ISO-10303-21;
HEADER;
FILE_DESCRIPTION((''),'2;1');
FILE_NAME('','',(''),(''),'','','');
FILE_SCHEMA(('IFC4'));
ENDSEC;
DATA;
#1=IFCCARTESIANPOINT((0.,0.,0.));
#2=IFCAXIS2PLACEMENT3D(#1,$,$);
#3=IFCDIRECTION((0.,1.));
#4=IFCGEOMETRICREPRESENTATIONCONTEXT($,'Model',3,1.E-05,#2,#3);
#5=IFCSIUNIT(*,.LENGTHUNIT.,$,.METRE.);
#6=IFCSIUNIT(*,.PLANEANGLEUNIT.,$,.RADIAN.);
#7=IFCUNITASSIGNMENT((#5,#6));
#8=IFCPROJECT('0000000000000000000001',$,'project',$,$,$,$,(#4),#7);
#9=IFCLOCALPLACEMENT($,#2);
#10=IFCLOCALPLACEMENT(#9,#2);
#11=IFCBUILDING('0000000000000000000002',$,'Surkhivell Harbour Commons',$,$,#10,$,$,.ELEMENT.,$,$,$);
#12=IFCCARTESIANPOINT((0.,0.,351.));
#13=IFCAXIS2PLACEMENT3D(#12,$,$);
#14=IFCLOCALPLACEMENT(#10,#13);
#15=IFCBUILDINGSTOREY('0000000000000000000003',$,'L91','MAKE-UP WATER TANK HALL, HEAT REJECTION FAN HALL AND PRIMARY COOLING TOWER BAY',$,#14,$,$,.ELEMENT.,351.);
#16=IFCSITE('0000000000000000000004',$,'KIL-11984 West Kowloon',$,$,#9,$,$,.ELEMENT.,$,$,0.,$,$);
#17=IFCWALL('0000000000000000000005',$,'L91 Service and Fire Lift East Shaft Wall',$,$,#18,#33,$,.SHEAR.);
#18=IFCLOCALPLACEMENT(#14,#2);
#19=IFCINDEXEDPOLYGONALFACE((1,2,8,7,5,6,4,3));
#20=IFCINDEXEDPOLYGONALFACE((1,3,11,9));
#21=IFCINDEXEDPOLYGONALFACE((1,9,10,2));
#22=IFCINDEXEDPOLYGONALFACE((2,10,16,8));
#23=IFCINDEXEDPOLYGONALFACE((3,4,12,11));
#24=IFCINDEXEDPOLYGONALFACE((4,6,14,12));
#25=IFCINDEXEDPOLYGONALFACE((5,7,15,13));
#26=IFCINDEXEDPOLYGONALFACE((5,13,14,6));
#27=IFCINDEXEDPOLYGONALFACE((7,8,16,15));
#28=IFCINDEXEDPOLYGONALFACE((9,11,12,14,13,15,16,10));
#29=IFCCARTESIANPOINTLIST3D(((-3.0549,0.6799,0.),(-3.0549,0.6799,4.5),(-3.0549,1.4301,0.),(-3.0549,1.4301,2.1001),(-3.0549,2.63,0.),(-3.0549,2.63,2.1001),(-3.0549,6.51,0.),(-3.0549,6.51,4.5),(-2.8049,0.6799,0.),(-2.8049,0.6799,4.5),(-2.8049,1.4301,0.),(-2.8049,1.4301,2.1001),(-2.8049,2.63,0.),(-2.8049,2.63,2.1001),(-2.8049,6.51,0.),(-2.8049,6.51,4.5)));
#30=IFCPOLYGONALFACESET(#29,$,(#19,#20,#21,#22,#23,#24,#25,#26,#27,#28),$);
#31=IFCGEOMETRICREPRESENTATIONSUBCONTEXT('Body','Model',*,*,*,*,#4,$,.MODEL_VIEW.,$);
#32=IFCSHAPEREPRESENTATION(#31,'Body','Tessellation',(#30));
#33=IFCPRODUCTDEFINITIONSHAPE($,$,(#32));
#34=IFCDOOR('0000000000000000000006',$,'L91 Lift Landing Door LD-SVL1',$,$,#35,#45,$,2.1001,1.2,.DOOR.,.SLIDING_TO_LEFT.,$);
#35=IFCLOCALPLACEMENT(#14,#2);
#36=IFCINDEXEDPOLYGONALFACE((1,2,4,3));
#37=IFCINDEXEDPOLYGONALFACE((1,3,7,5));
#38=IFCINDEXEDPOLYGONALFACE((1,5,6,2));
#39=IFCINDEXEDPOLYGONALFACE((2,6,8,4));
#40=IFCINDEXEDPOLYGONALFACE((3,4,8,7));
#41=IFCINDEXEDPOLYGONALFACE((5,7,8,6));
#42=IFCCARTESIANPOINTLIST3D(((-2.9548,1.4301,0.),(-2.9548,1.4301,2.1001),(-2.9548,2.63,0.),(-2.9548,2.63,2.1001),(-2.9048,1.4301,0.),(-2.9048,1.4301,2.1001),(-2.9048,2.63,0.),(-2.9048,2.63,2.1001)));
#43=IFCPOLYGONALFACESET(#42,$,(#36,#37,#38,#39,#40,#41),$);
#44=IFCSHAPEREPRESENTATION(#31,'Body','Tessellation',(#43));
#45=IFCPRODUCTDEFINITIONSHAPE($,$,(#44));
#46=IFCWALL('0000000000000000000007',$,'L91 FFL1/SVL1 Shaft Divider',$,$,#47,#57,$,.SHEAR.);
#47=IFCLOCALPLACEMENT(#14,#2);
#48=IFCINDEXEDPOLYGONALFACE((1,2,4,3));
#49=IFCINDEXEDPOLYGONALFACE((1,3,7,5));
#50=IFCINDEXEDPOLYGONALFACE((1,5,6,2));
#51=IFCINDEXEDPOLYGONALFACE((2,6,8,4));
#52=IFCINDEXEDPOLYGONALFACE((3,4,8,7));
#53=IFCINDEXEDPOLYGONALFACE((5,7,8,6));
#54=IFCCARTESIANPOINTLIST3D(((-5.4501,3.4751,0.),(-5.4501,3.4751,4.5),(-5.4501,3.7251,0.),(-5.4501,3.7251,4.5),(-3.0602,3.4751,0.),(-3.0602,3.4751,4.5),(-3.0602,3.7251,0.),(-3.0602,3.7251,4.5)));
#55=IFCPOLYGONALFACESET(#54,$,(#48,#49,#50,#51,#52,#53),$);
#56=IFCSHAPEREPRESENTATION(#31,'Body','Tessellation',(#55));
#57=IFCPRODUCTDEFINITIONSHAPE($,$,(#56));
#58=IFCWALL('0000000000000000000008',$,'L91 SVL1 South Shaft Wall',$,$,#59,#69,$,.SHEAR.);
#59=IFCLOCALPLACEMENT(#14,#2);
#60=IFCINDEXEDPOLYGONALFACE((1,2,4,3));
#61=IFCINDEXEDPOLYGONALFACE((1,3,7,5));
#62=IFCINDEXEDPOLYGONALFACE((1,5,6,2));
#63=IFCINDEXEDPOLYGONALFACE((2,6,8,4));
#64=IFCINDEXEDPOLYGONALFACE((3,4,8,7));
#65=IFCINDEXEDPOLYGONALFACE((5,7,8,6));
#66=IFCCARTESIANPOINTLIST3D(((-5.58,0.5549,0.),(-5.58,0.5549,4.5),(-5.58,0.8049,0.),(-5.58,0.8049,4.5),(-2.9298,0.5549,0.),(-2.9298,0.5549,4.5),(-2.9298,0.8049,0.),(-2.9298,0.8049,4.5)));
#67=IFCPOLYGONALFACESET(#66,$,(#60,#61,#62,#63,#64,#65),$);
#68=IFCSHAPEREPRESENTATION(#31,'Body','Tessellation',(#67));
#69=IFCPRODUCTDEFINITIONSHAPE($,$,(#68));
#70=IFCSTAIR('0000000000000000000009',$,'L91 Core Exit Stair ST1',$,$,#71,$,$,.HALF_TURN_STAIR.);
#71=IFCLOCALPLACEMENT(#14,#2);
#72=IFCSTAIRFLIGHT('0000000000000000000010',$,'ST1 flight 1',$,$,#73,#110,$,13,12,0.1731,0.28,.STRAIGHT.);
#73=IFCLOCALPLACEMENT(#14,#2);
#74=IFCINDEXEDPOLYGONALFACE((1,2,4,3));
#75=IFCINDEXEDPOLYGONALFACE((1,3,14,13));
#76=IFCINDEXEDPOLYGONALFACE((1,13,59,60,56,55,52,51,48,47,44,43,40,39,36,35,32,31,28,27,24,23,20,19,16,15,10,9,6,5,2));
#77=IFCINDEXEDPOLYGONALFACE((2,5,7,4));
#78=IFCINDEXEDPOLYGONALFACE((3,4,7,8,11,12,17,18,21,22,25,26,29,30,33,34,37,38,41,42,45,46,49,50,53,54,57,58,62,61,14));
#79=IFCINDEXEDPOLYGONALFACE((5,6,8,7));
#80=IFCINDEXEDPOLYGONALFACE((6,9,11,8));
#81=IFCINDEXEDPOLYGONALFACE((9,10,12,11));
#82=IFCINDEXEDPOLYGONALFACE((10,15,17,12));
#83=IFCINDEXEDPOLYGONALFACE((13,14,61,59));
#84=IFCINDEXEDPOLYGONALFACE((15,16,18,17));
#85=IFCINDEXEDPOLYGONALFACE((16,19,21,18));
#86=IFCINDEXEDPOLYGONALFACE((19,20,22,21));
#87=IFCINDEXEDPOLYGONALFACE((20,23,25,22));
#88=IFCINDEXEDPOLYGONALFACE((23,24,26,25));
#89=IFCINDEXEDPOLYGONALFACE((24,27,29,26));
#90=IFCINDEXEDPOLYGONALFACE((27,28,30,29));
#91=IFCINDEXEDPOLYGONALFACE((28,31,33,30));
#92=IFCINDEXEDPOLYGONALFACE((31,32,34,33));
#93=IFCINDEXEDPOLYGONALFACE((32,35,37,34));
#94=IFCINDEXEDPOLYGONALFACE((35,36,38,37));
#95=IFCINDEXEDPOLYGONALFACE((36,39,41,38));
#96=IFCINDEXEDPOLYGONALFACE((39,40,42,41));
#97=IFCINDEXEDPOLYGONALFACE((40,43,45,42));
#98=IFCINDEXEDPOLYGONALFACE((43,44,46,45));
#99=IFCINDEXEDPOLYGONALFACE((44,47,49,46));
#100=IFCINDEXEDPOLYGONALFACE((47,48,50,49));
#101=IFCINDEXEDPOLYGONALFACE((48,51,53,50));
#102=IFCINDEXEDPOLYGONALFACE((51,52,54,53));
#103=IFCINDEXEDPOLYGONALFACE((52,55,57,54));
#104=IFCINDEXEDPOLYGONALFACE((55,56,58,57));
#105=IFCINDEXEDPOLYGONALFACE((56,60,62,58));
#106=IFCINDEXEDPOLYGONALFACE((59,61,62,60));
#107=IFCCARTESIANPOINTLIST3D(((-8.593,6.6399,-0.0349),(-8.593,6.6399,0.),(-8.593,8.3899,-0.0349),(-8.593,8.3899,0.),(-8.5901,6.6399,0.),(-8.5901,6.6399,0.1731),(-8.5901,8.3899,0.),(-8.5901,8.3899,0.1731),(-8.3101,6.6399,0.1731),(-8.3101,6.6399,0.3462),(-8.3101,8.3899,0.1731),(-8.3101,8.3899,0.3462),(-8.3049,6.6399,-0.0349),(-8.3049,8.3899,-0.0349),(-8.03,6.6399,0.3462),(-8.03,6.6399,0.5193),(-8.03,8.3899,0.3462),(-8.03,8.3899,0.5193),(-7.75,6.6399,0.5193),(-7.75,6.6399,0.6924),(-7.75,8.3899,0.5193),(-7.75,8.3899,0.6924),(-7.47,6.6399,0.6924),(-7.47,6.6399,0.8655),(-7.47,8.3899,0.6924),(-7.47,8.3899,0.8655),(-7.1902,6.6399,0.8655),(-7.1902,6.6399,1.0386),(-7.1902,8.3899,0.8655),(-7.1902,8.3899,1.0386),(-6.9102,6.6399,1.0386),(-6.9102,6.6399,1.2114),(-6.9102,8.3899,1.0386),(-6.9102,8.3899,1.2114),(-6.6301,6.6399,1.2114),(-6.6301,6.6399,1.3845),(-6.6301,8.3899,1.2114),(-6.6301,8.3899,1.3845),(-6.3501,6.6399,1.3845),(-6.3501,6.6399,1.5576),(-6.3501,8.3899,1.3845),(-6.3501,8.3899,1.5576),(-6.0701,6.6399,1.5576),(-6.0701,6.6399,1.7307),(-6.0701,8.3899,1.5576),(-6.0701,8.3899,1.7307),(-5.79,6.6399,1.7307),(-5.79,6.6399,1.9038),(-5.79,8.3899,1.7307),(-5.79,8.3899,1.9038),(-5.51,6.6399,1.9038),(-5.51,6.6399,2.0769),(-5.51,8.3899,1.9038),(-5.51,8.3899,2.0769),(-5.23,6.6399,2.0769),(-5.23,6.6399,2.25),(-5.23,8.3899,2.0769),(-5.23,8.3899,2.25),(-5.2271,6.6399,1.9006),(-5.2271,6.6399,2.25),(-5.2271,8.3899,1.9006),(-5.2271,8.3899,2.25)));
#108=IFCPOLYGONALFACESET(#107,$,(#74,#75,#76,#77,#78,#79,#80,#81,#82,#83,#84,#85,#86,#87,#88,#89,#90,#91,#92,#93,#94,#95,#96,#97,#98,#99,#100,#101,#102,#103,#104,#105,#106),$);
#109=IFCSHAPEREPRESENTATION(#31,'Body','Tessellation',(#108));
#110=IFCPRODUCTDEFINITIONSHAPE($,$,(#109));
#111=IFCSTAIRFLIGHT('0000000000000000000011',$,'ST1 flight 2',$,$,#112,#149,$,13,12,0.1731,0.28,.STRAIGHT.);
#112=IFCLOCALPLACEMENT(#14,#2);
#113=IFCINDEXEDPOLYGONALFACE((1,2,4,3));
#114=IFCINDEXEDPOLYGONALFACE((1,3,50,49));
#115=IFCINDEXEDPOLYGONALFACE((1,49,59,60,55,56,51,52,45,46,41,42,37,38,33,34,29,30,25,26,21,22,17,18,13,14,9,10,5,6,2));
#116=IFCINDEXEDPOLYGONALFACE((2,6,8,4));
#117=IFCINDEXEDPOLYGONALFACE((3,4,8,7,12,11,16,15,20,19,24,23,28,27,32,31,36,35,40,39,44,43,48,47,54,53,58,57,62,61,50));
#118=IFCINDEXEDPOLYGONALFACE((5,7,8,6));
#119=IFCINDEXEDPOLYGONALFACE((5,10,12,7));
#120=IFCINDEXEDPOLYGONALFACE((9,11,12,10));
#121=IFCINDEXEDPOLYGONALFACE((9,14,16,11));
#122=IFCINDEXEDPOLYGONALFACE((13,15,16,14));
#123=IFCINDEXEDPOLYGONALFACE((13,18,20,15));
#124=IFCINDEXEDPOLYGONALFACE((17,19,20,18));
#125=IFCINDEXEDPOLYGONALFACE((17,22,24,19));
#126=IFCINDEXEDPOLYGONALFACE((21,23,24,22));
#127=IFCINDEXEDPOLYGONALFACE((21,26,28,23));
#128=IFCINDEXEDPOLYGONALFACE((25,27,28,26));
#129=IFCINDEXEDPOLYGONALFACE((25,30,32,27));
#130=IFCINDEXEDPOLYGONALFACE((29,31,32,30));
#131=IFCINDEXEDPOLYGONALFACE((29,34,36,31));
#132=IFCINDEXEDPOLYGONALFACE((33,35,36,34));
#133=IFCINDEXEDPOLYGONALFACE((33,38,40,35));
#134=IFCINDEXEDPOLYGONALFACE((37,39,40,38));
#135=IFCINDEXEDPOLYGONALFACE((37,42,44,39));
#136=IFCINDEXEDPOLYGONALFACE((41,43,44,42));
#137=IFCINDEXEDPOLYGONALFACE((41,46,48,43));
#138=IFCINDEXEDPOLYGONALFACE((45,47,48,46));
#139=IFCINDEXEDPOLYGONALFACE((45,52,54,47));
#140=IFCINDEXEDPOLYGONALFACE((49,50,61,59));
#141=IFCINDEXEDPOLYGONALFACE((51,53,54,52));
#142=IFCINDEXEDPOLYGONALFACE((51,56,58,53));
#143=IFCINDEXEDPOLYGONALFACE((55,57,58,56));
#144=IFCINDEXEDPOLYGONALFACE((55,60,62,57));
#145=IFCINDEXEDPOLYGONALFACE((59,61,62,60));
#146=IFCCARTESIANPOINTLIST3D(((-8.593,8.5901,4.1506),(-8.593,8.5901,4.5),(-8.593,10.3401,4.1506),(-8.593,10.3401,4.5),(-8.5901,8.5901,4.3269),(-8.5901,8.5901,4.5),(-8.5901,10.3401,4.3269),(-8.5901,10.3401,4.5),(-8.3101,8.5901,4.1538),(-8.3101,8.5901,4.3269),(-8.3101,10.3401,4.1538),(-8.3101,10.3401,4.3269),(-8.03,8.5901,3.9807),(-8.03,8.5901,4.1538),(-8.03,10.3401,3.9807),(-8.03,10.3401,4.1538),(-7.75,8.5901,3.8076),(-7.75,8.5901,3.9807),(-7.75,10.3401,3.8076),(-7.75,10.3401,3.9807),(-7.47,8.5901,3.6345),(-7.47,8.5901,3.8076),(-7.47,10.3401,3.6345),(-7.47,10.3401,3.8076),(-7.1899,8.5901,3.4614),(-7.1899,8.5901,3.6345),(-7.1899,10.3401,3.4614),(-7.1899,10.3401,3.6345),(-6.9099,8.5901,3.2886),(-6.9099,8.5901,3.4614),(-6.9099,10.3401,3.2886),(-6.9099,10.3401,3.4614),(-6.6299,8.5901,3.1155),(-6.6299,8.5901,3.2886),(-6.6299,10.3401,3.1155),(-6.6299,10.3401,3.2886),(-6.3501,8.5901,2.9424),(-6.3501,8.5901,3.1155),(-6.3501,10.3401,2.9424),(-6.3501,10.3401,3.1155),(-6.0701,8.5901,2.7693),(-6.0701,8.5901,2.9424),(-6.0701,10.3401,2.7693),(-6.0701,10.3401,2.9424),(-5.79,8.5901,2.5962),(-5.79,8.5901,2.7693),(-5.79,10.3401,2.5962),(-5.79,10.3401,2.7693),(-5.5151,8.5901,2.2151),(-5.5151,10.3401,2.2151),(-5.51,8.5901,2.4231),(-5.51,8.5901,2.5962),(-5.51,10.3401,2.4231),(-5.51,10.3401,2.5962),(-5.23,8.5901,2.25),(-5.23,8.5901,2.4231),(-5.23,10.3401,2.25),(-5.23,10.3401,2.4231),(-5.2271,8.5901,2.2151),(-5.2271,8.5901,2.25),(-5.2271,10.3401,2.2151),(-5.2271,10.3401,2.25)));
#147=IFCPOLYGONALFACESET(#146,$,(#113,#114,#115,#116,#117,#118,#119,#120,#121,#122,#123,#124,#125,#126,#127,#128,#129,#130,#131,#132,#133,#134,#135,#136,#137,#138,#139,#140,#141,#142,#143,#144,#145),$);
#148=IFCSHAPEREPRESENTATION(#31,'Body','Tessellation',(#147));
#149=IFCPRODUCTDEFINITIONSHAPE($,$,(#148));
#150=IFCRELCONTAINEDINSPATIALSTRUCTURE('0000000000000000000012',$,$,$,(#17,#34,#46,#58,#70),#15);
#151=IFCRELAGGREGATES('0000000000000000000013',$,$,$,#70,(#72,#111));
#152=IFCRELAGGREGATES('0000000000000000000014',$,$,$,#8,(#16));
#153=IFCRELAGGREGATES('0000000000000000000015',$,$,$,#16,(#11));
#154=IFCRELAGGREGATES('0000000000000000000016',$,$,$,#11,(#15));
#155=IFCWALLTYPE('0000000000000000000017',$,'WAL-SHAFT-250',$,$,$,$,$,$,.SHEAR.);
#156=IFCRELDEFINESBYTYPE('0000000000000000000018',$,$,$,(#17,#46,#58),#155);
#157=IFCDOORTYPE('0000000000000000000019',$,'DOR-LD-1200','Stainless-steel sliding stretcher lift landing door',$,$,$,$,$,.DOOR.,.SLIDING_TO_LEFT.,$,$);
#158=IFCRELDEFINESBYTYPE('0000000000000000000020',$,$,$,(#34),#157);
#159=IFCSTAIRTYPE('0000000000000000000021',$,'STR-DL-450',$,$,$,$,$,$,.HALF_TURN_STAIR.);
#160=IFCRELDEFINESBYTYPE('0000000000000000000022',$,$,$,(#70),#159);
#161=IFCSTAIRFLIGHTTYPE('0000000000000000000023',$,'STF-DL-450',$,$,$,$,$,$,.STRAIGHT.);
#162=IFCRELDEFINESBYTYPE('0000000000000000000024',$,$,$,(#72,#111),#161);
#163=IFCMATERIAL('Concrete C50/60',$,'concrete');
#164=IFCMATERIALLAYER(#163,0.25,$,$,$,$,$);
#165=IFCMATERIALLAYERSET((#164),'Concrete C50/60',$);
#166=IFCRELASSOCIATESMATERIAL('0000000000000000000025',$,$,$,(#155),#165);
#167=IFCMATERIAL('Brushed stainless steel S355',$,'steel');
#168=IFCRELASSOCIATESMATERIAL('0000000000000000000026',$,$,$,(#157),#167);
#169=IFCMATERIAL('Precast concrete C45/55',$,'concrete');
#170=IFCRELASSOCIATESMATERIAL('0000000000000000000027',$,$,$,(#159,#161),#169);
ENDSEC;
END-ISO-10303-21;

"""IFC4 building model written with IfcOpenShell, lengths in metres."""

from ifc_helpers import new_model, si_unit, direction, frame, frame_2d, origin, place, context, subcontext, project, spatial, polyline, rectangle, outline, extrude, material, layer, layer_set, type_object, element, fill, aggregate, save


model = new_model("IFC4")

# Units and contexts
model_context = context("Model", 3, precision=1e-05, world=origin(), true_north=direction((0.0, 1.0)))
body_context = subcontext(model_context, "Body", "Model", "MODEL_VIEW")
ifc_project = project(units=[si_unit("LENGTHUNIT", "METRE"), si_unit("PLANEANGLEUNIT", "RADIAN")], contexts=[model_context])

# Site, building, storey
site_placement = place(None, origin())
site = spatial("IfcSite", under=ifc_project, at=site_placement, Name="KIL-11984 West Kowloon", CompositionType="ELEMENT", RefElevation=0.0)
building_placement = place(site_placement, origin())
building = spatial("IfcBuilding", under=site, at=building_placement, Name="Surkhivell Harbour Commons", CompositionType="ELEMENT")
storey_placement = place(building_placement, frame((0.0, 0.0, 351.0)))
storey = spatial("IfcBuildingStorey", under=building, at=storey_placement, Name="L91", Description="MAKE-UP WATER TANK HALL, HEAT REJECTION FAN HALL AND PRIMARY COOLING TOWER BAY", CompositionType="ELEMENT", Elevation=351.0)

# Shared definitions
ifc_material_1 = material(Name="Concrete C50/60", Category="concrete")

# Shared definitions
ifc_layer_1 = layer(ifc_material_1, 0.25)
ifc_layer_set_1 = layer_set([ifc_layer_1], Name="Concrete C50/60")
wall_type_1 = type_object("IfcWallType", Name="WAL-SHAFT-250", PredefinedType="SHEAR", material=ifc_layer_set_1)
ifc_material_2 = material(Name="Brushed stainless steel S355", Category="steel")

# Wall, opening, door
wall_1_placement = place(storey_placement, frame((-2.9299, 0.6799, 0.0), z_axis=(0.0, 0.0, 1.0), x_axis=(0.0, 1.0, 0.0)))
wall_1 = element("IfcWall", 1, at=wall_1_placement, inside=storey, type_object=wall_type_1, Name="L91 Service and Fire Lift East Shaft Wall", PredefinedType="SHEAR", context=body_context, shape_type="SweptSolid", body=[
    extrude(rectangle(XDim=5.8301, YDim=0.25, at=frame_2d((2.915, 0.0))), origin(), (0.0, 0.0, 1.0), 4.5),
])
opening_1_placement = place(wall_1_placement, frame((0.75, 0.0, 0.0)))
opening_1 = element("IfcOpeningElement", 2, at=opening_1_placement, cuts=wall_1, PredefinedType="OPENING", context=body_context, shape_type="SweptSolid", body=[
    extrude(rectangle(XDim=1.2, YDim=2.1001, at=frame_2d((0.6001, 1.05))), frame((0.0, 0.135, 0.0), z_axis=(0.0, -1.0, 0.0), x_axis=(1.0, 0.0, 0.0)), (0.0, 0.0, 1.0), 0.27),
])
door_type_1 = type_object("IfcDoorType", Name="DOR-LD-1200", Description="Stainless-steel sliding stretcher lift landing door", OperationType="SLIDING_TO_LEFT", PredefinedType="DOOR", material=ifc_material_2)
door_1_placement = place(opening_1_placement, origin())
door_1 = element("IfcDoor", 3, at=door_1_placement, inside=storey, type_object=door_type_1, Name="L91 Lift Landing Door LD-SVL1", OperationType="SLIDING_TO_LEFT", OverallHeight=2.1001, OverallWidth=1.2, PredefinedType="DOOR", context=body_context, shape_type="SweptSolid", body=[
    extrude(rectangle(XDim=1.2, YDim=2.1001, at=frame_2d((0.6001, 1.05))), frame((0.0, 0.0249, 0.0), z_axis=(0.0, -1.0, 0.0), x_axis=(1.0, 0.0, 0.0)), (0.0, 0.0, 1.0), 0.05),
])
fill(opening_1, door_1)

# Walls
wall_2_placement = place(storey_placement, frame((-5.45, 3.6001, 0.0), z_axis=(0.0, 0.0, 1.0), x_axis=(1.0, 0.0, 0.0)))
element("IfcWall", 4, at=wall_2_placement, inside=storey, type_object=wall_type_1, Name="L91 FFL1/SVL1 Shaft Divider", PredefinedType="SHEAR", context=body_context, shape_type="SweptSolid", body=[
    extrude(rectangle(XDim=2.3899, YDim=0.25, at=frame_2d((1.1948, 0.0))), origin(), (0.0, 0.0, 1.0), 4.5),
])
wall_3_placement = place(storey_placement, frame((-5.5801, 0.6799, 0.0), z_axis=(0.0, 0.0, 1.0), x_axis=(1.0, 0.0, 0.0)))
element("IfcWall", 5, at=wall_3_placement, inside=storey, type_object=wall_type_1, Name="L91 SVL1 South Shaft Wall", PredefinedType="SHEAR", context=body_context, shape_type="SweptSolid", body=[
    extrude(rectangle(XDim=2.6501, YDim=0.25, at=frame_2d((1.3252, 0.0))), origin(), (0.0, 0.0, 1.0), 4.5),
])

# Stair, stair flights
ifc_material_3 = material(Name="Precast concrete C45/55", Category="concrete")
stair_type = type_object("IfcStairType", Name="STR-DL-450", PredefinedType="HALF_TURN_STAIR", material=ifc_material_3)
stair_placement = place(storey_placement, origin())
stair = element("IfcStair", 6, at=stair_placement, inside=storey, type_object=stair_type, Name="L91 Core Exit Stair ST1", PredefinedType="HALF_TURN_STAIR")
stair_flight_type = type_object("IfcStairFlightType", Name="STF-DL-450", PredefinedType="STRAIGHT", material=ifc_material_3)
stair_flight_1_placement = place(storey_placement, frame((-8.5901, 7.5149, 0.0), z_axis=(0.0, 0.0, 1.0), x_axis=(1.0, 0.0, 0.0)))
stair_flight_1 = element("IfcStairFlight", 7, at=stair_flight_1_placement, type_object=stair_flight_type, Name="ST1 flight 1", NumberOfRisers=13, NumberOfTreads=12, PredefinedType="STRAIGHT", RiserHeight=0.1731, TreadLength=0.28, context=body_context, shape_type="SweptSolid", body=[
    extrude(outline(polyline([(-0.0029, -0.0349), (-0.0029, 0.0), (0.0, 0.0), (0.0, 0.1731), (0.28, 0.1731), (0.28, 0.3462), (0.5601, 0.3462), (0.5601, 0.5193), (0.8401, 0.5193), (0.8401, 0.6924), (1.1201, 0.6924), (1.1201, 0.8655), (1.3999, 0.8655), (1.3999, 1.0386), (1.6799, 1.0386), (1.6799, 1.2114), (1.96, 1.2114), (1.96, 1.3845), (2.24, 1.3845), (2.24, 1.5576), (2.52, 1.5576), (2.52, 1.7307), (2.8, 1.7307), (2.8, 1.9038), (3.0801, 1.9038), (3.0801, 2.0769), (3.3601, 2.0769), (3.3601, 2.25), (3.363, 2.25), (3.363, 1.9006), (0.2852, -0.0349), (-0.0029, -0.0349)])), frame((0.0, 0.875, 0.0), z_axis=(0.0, -1.0, 0.0), x_axis=(1.0, 0.0, 0.0)), (0.0, 0.0, 1.0), 1.75),
])
stair_flight_2_placement = place(storey_placement, frame((-5.23, 9.4651, 2.25), z_axis=(0.0, 0.0, 1.0), x_axis=(-1.0, 0.0, 0.0)))
stair_flight_2 = element("IfcStairFlight", 8, at=stair_flight_2_placement, type_object=stair_flight_type, Name="ST1 flight 2", NumberOfRisers=13, NumberOfTreads=12, PredefinedType="STRAIGHT", RiserHeight=0.1731, TreadLength=0.28, context=body_context, shape_type="SweptSolid", body=[
    extrude(outline(polyline([(-0.0029, -0.0349), (-0.0029, 0.0), (0.0, 0.0), (0.0, 0.1731), (0.28, 0.1731), (0.28, 0.3462), (0.5601, 0.3462), (0.5601, 0.5193), (0.8401, 0.5193), (0.8401, 0.6924), (1.1201, 0.6924), (1.1201, 0.8655), (1.3999, 0.8655), (1.3999, 1.0386), (1.6799, 1.0386), (1.6799, 1.2114), (1.96, 1.2114), (1.96, 1.3845), (2.24, 1.3845), (2.24, 1.5576), (2.52, 1.5576), (2.52, 1.7307), (2.8, 1.7307), (2.8, 1.9038), (3.0801, 1.9038), (3.0801, 2.0769), (3.3601, 2.0769), (3.3601, 2.25), (3.363, 2.25), (3.363, 1.9006), (0.2852, -0.0349), (-0.0029, -0.0349)])), frame((0.0, 0.875, 0.0), z_axis=(0.0, -1.0, 0.0), x_axis=(1.0, 0.0, 0.0)), (0.0, 0.0, 1.0), 1.75),
])
aggregate(stair, [stair_flight_1, stair_flight_2])

save(model, "model.ifc")
